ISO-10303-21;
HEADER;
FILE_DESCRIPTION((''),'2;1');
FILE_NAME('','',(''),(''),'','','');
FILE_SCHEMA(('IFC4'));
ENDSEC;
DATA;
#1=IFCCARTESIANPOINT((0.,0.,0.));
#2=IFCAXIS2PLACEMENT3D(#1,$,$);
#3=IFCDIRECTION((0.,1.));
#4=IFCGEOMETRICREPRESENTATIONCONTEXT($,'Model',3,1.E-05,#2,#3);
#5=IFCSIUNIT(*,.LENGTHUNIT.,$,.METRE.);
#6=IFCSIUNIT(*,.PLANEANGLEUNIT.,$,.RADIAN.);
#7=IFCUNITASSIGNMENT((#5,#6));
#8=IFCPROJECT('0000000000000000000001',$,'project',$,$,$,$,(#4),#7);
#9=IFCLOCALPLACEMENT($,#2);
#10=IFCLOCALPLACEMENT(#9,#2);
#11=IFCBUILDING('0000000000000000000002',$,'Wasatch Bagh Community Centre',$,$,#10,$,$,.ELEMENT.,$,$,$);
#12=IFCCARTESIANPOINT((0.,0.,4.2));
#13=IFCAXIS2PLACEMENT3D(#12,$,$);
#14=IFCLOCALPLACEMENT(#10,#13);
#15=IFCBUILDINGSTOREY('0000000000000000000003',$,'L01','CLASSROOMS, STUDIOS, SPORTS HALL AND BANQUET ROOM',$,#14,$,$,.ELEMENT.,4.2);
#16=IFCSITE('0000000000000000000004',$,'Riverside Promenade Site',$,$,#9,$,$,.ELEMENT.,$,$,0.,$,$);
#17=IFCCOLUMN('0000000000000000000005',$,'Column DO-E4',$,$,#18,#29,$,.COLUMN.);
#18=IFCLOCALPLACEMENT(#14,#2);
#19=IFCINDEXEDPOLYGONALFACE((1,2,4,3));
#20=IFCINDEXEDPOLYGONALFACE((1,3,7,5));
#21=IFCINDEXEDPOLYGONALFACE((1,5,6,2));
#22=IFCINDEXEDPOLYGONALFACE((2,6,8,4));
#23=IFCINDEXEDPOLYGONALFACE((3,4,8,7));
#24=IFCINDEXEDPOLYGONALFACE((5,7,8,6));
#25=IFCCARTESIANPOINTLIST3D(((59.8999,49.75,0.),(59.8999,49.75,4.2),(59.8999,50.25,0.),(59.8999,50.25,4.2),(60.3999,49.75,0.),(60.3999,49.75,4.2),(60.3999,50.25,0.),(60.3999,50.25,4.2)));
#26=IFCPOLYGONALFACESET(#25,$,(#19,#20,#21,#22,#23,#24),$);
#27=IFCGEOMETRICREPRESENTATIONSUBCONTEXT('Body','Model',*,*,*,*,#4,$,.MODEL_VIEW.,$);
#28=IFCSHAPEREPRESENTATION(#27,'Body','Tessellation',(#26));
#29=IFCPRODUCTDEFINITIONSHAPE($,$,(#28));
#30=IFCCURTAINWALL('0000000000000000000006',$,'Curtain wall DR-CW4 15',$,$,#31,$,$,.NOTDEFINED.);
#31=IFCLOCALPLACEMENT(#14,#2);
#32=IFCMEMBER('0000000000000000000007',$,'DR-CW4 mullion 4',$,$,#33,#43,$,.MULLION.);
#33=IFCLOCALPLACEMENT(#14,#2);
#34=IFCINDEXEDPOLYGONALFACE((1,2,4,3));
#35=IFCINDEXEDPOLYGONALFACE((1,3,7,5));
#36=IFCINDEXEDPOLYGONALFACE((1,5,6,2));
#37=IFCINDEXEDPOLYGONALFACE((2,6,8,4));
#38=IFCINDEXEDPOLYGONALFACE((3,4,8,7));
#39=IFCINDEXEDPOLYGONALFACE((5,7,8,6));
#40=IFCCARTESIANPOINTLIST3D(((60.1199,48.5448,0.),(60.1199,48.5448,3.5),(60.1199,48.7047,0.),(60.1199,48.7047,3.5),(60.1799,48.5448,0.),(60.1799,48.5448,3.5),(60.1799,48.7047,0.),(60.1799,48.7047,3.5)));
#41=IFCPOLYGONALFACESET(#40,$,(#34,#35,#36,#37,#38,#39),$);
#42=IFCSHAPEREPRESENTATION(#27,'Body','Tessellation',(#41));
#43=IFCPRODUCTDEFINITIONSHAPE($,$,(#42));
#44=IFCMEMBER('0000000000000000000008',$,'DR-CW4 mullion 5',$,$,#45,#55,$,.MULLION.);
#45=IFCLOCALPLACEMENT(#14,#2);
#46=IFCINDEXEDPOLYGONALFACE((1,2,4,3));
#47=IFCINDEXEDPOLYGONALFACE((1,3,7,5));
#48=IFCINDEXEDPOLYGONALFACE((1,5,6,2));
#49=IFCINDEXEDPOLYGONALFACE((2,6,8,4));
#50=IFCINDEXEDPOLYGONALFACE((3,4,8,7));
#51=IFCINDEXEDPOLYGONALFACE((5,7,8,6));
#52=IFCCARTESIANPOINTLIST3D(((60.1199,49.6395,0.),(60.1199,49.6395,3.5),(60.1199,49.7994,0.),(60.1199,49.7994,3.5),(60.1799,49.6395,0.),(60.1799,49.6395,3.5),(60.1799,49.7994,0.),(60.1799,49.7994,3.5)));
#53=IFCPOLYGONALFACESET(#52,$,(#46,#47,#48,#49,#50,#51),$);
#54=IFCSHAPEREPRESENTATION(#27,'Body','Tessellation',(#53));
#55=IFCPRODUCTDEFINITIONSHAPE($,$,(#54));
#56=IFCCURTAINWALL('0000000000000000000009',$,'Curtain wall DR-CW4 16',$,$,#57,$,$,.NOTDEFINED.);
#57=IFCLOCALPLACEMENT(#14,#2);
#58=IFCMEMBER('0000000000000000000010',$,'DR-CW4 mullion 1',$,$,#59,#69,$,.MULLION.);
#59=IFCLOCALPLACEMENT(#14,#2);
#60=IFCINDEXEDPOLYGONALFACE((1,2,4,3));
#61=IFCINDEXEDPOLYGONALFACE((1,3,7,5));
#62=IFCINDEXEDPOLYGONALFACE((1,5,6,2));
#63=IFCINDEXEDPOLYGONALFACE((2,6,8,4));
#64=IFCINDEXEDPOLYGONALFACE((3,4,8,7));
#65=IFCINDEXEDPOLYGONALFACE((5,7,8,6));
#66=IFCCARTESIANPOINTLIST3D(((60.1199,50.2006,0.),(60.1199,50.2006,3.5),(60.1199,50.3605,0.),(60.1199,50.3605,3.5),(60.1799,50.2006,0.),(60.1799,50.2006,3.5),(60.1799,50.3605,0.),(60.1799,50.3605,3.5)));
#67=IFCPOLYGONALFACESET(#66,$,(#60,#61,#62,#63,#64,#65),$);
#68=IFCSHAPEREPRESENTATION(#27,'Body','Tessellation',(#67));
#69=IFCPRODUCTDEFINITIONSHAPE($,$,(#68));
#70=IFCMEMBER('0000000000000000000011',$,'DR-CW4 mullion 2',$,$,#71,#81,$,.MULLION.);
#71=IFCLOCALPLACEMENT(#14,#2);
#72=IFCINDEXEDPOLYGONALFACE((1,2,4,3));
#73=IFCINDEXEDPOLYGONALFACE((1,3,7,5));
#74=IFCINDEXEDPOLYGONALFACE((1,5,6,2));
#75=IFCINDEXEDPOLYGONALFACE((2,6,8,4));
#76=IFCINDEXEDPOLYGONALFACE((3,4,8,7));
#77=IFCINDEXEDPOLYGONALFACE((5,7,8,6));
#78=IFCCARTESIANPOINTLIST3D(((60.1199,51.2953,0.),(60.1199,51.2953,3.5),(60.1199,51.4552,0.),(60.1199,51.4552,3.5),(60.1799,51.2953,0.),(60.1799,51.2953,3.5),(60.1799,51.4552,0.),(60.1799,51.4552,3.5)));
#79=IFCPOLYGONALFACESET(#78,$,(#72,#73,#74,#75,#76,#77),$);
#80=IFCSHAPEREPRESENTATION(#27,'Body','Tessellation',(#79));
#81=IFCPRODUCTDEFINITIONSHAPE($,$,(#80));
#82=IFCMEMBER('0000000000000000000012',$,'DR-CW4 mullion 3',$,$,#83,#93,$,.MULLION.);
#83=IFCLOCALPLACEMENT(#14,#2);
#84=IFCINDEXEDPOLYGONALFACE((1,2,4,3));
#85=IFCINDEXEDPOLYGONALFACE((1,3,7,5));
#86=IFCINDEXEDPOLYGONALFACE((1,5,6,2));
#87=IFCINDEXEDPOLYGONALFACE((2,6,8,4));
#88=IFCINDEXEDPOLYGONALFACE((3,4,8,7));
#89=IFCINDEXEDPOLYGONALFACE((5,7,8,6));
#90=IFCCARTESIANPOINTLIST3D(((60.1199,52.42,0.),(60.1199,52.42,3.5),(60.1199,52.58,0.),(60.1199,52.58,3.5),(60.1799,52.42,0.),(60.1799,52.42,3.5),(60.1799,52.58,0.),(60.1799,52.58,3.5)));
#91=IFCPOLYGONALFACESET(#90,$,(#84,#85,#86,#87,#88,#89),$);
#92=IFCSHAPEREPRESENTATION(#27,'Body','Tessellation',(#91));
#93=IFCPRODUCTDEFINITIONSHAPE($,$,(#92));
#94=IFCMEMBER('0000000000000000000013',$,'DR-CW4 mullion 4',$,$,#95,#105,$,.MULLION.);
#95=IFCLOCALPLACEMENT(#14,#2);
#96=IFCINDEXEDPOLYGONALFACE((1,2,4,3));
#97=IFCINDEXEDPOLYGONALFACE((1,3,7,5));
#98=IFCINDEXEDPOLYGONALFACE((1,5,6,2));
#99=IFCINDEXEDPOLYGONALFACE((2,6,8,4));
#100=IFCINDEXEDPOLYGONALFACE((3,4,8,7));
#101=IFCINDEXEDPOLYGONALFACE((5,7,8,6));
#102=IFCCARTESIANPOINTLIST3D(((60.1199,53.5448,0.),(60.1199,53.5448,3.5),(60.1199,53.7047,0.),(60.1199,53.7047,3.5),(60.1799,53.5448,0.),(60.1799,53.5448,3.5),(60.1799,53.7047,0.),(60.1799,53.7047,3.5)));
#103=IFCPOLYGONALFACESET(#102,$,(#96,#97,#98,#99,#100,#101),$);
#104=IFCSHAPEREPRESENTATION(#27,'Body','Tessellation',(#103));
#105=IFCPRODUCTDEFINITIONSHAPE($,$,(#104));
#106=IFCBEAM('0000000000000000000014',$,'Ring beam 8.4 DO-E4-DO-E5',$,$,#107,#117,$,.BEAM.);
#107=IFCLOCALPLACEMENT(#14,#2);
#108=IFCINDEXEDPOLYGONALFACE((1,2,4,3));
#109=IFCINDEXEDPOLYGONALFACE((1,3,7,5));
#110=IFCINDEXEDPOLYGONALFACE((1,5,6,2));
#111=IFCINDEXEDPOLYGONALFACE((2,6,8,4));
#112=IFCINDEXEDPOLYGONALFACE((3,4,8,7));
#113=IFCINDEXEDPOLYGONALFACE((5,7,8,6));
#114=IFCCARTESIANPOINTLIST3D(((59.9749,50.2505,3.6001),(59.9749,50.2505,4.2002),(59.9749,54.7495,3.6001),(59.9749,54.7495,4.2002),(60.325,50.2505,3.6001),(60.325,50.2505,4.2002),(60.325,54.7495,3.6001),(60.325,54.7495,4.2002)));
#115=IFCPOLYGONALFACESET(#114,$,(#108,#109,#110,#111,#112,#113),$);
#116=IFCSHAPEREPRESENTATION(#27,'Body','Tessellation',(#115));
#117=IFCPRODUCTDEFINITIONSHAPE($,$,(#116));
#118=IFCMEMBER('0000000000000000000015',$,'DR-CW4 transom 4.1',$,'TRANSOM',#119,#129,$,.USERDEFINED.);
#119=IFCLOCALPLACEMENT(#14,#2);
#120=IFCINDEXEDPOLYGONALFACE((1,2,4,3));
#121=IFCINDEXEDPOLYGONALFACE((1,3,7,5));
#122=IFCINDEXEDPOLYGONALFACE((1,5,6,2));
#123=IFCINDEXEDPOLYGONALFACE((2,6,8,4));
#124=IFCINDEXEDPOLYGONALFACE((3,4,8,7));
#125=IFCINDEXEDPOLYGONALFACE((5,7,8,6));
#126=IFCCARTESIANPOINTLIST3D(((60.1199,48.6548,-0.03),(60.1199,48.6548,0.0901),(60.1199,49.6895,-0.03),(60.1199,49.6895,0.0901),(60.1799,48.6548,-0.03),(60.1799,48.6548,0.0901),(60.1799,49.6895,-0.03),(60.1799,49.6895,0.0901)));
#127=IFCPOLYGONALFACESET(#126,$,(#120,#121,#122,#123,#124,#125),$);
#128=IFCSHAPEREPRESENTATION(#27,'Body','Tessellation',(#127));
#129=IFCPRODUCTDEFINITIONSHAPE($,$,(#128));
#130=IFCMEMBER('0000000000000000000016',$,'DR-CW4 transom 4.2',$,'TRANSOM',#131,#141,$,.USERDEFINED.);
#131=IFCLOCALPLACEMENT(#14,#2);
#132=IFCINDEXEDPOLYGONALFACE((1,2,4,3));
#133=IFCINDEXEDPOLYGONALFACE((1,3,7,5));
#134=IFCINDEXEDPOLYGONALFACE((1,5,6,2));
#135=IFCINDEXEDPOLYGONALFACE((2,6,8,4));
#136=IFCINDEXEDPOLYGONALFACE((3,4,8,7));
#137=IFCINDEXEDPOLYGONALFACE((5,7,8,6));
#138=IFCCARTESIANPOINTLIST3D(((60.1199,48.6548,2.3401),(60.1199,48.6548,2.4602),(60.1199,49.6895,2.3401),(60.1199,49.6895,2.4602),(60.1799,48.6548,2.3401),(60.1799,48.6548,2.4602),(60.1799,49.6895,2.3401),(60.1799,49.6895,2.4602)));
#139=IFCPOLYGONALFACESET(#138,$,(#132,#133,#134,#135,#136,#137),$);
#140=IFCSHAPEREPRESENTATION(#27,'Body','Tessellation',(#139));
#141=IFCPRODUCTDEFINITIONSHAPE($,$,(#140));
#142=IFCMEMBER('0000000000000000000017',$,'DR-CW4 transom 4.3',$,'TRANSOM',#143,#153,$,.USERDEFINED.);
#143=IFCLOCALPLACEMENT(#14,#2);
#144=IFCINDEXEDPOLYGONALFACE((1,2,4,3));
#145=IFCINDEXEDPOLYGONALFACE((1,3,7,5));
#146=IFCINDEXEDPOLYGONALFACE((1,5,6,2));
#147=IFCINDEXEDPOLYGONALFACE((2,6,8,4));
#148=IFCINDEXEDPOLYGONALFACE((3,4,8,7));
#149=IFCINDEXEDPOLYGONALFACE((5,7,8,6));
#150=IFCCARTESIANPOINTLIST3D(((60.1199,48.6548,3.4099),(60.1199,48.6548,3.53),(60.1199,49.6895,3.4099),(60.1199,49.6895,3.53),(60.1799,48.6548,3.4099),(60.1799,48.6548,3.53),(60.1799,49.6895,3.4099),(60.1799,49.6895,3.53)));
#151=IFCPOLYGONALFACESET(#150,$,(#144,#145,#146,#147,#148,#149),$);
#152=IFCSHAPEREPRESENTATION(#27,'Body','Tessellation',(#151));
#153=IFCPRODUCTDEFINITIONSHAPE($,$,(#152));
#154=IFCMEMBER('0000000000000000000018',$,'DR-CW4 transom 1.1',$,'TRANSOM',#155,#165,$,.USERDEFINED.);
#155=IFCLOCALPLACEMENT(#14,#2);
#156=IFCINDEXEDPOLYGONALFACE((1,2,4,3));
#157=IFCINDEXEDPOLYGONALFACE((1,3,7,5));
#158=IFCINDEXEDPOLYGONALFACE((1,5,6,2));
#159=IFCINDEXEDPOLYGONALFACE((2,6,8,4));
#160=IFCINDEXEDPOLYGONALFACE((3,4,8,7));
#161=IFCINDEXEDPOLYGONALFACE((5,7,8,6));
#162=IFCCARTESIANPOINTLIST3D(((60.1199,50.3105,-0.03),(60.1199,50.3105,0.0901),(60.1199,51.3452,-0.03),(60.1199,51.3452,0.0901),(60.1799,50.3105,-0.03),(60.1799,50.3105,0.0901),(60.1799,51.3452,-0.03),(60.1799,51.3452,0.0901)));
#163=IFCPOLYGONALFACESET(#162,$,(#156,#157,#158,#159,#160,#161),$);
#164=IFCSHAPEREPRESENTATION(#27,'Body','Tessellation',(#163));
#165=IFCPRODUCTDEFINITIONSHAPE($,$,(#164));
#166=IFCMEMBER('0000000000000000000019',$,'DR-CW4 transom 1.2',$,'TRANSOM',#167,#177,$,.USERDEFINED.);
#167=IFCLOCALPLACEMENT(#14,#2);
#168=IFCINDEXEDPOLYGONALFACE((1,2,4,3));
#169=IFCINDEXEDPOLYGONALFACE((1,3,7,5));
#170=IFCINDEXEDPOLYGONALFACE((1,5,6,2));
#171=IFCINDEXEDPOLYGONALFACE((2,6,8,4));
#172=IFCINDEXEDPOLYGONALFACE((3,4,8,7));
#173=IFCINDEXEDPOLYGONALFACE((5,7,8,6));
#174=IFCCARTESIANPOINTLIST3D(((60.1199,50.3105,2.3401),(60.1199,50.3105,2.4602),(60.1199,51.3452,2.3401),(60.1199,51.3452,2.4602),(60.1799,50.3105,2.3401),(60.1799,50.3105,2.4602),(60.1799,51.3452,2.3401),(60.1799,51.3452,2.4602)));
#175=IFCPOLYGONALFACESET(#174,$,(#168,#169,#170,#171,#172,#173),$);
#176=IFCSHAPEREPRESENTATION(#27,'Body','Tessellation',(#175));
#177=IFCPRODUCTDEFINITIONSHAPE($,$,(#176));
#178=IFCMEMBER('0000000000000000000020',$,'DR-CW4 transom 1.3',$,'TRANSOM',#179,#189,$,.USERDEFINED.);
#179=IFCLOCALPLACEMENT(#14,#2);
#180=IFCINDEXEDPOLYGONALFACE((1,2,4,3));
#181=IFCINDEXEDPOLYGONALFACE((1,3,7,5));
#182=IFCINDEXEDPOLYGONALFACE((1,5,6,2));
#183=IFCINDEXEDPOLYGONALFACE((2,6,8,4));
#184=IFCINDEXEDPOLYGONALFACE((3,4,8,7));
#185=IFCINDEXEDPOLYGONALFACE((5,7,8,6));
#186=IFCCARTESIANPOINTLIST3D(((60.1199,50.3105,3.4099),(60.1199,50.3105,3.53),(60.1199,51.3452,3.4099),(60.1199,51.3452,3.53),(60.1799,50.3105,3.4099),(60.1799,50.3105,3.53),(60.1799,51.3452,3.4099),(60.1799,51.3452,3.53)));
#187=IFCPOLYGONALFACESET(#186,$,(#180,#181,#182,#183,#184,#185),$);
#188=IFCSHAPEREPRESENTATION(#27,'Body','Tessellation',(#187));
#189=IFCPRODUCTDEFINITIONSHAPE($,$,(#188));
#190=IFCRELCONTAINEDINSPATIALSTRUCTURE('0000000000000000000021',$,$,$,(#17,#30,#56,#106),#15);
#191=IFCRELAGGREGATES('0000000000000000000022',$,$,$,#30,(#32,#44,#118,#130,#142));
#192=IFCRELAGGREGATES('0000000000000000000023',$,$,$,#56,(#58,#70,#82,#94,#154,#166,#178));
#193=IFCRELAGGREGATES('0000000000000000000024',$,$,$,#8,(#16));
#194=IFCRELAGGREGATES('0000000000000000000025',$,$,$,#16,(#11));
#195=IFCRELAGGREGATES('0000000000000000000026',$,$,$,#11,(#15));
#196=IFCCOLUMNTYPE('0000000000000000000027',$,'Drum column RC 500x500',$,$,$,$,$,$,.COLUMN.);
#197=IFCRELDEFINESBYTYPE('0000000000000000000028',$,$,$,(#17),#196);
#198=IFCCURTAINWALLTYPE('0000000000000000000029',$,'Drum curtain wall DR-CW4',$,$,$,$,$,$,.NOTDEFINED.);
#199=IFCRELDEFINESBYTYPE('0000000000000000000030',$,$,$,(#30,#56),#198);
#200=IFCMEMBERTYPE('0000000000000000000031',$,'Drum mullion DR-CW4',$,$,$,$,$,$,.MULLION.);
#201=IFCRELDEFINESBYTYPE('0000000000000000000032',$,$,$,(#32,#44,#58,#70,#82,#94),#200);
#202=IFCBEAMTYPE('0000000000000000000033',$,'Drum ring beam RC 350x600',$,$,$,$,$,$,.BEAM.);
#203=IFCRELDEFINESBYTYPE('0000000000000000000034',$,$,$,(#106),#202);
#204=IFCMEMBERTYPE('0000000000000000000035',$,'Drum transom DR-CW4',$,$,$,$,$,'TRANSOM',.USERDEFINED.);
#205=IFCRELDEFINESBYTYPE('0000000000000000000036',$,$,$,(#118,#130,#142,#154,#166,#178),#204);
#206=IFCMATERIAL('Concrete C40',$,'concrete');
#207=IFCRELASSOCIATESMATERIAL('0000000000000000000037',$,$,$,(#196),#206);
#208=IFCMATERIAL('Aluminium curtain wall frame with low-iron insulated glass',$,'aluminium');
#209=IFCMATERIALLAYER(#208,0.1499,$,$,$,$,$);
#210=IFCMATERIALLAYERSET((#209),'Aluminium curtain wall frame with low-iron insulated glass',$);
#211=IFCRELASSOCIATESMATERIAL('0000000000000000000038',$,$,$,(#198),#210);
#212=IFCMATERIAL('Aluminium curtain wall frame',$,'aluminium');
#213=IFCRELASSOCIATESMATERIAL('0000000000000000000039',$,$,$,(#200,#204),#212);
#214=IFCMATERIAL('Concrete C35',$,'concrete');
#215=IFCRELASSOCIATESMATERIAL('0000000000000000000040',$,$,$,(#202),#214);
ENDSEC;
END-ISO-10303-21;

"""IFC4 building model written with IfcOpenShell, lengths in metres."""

from ifc_helpers import new_model, si_unit, direction, frame, origin, origin_2d, place, context, subcontext, project, spatial, rectangle, extrude, material, layer, layer_set, material_profile, profile_set, type_object, element, aggregate, save


model = new_model("IFC4")

# Units and contexts
model_context = context("Model", 3, precision=1e-05, world=origin(), true_north=direction((0.0, 1.0)))
body_context = subcontext(model_context, "Body", "Model", "MODEL_VIEW")
ifc_project = project(units=[si_unit("LENGTHUNIT", "METRE"), si_unit("PLANEANGLEUNIT", "RADIAN")], contexts=[model_context])

# Site, building, storey
site_placement = place(None, origin())
site = spatial("IfcSite", under=ifc_project, at=site_placement, Name="Riverside Promenade Site", CompositionType="ELEMENT", RefElevation=0.0)
building_placement = place(site_placement, origin())
building = spatial("IfcBuilding", under=site, at=building_placement, Name="Wasatch Bagh Community Centre", CompositionType="ELEMENT")
storey_placement = place(building_placement, frame((0.0, 0.0, 4.2)))
storey = spatial("IfcBuildingStorey", under=building, at=storey_placement, Name="L01", Description="CLASSROOMS, STUDIOS, SPORTS HALL AND BANQUET ROOM", CompositionType="ELEMENT", Elevation=4.2)

# Column
ifc_material_1 = material(Name="Concrete C40", Category="concrete")
ifc_material_profile_1 = material_profile(ifc_material_1, rectangle(XDim=0.5, YDim=0.5, at=origin_2d()), Name="RC 500x500")
ifc_profile_set_1 = profile_set([ifc_material_profile_1], Name="Concrete C40")
column_type = type_object("IfcColumnType", Name="Drum column RC 500x500", PredefinedType="COLUMN", material=ifc_profile_set_1)
column_placement = place(storey_placement, frame((60.1499, 50.0, 0.0), z_axis=(0.0, 0.0, 1.0), x_axis=(1.0, 0.0, 0.0)))
element("IfcColumn", 1, at=column_placement, inside=storey, type_object=column_type, Name="Column DO-E4", PredefinedType="COLUMN", context=body_context, shape_type="SweptSolid", body=[
    extrude(rectangle(XDim=0.5, YDim=0.5, at=origin_2d()), origin(), (0.0, 0.0, 1.0), 4.2),
])

# Curtain walls, members
ifc_material_2 = material(Name="Aluminium curtain wall frame with low-iron insulated glass", Category="aluminium")
ifc_layer_1 = layer(ifc_material_2, 0.1499)
ifc_layer_set_1 = layer_set([ifc_layer_1], Name="Aluminium curtain wall frame with low-iron insulated glass")
curtain_wall_type = type_object("IfcCurtainWallType", Name="Drum curtain wall DR-CW4", PredefinedType="NOTDEFINED", material=ifc_layer_set_1)
curtain_wall_1_placement = place(storey_placement, origin())
curtain_wall_1 = element("IfcCurtainWall", 2, at=curtain_wall_1_placement, inside=storey, type_object=curtain_wall_type, Name="Curtain wall DR-CW4 15", PredefinedType="NOTDEFINED")
ifc_material_3 = material(Name="Aluminium curtain wall frame", Category="aluminium")
ifc_material_profile_2 = material_profile(ifc_material_3, rectangle(XDim=0.0601, YDim=0.1599, at=origin_2d()), Name="Drum mullion DR-CW4")
ifc_profile_set_2 = profile_set([ifc_material_profile_2], Name="Aluminium curtain wall frame")
member_type_1 = type_object("IfcMemberType", Name="Drum mullion DR-CW4", PredefinedType="MULLION", material=ifc_profile_set_2)
member_1_placement = place(storey_placement, frame((60.1499, 48.6248, 0.0), z_axis=(0.0, 0.0, 1.0), x_axis=(-1.0, 0.0, 0.0)))
member_1 = element("IfcMember", 3, at=member_1_placement, type_object=member_type_1, Name="DR-CW4 mullion 4", PredefinedType="MULLION", context=body_context, shape_type="SweptSolid", body=[
    extrude(rectangle(XDim=0.0601, YDim=0.1599, at=origin_2d()), origin(), (0.0, 0.0, 1.0), 3.5),
])
member_2_placement = place(storey_placement, frame((60.1499, 49.7195, 0.0), z_axis=(0.0, 0.0, 1.0), x_axis=(-1.0, 0.0, 0.0)))
member_2 = element("IfcMember", 4, at=member_2_placement, type_object=member_type_1, Name="DR-CW4 mullion 5", PredefinedType="MULLION", context=body_context, shape_type="SweptSolid", body=[
    extrude(rectangle(XDim=0.0601, YDim=0.1599, at=origin_2d()), origin(), (0.0, 0.0, 1.0), 3.5),
])
curtain_wall_2_placement = place(storey_placement, origin())
curtain_wall_2 = element("IfcCurtainWall", 5, at=curtain_wall_2_placement, inside=storey, type_object=curtain_wall_type, Name="Curtain wall DR-CW4 16", PredefinedType="NOTDEFINED")
member_3_placement = place(storey_placement, frame((60.1499, 50.2805, 0.0), z_axis=(0.0, 0.0, 1.0), x_axis=(-1.0, 0.0, 0.0)))
member_3 = element("IfcMember", 6, at=member_3_placement, type_object=member_type_1, Name="DR-CW4 mullion 1", PredefinedType="MULLION", context=body_context, shape_type="SweptSolid", body=[
    extrude(rectangle(XDim=0.0601, YDim=0.1599, at=origin_2d()), origin(), (0.0, 0.0, 1.0), 3.5),
])
member_4_placement = place(storey_placement, frame((60.1499, 51.3752, 0.0), z_axis=(0.0, 0.0, 1.0), x_axis=(-1.0, 0.0, 0.0)))
member_4 = element("IfcMember", 7, at=member_4_placement, type_object=member_type_1, Name="DR-CW4 mullion 2", PredefinedType="MULLION", context=body_context, shape_type="SweptSolid", body=[
    extrude(rectangle(XDim=0.0601, YDim=0.1599, at=origin_2d()), origin(), (0.0, 0.0, 1.0), 3.5),
])
member_5_placement = place(storey_placement, frame((60.1499, 52.5, 0.0), z_axis=(0.0, 0.0, 1.0), x_axis=(-1.0, 0.0, 0.0)))
member_5 = element("IfcMember", 8, at=member_5_placement, type_object=member_type_1, Name="DR-CW4 mullion 3", PredefinedType="MULLION", context=body_context, shape_type="SweptSolid", body=[
    extrude(rectangle(XDim=0.0601, YDim=0.1599, at=origin_2d()), origin(), (0.0, 0.0, 1.0), 3.5),
])
member_6_placement = place(storey_placement, frame((60.1499, 53.6248, 0.0), z_axis=(0.0, 0.0, 1.0), x_axis=(-1.0, 0.0, 0.0)))
member_6 = element("IfcMember", 9, at=member_6_placement, type_object=member_type_1, Name="DR-CW4 mullion 4", PredefinedType="MULLION", context=body_context, shape_type="SweptSolid", body=[
    extrude(rectangle(XDim=0.0601, YDim=0.1599, at=origin_2d()), origin(), (0.0, 0.0, 1.0), 3.5),
])

# Beam
ifc_material_4 = material(Name="Concrete C35", Category="concrete")
ifc_material_profile_3 = material_profile(ifc_material_4, rectangle(XDim=0.3501, YDim=0.6001, at=origin_2d()), Name="RC 350x600")
ifc_profile_set_3 = profile_set([ifc_material_profile_3], Name="Concrete C35")
beam_type = type_object("IfcBeamType", Name="Drum ring beam RC 350x600", PredefinedType="BEAM", material=ifc_profile_set_3)
beam_placement = place(storey_placement, frame((60.1499, 50.2505, 3.9001), z_axis=(0.0, 1.0, 0.0), x_axis=(-1.0, 0.0, 0.0)))
element("IfcBeam", 10, at=beam_placement, inside=storey, type_object=beam_type, Name="Ring beam 8.4 DO-E4-DO-E5", PredefinedType="BEAM", context=body_context, shape_type="SweptSolid", body=[
    extrude(rectangle(XDim=0.3501, YDim=0.6001, at=origin_2d()), origin(), (0.0, 0.0, 1.0), 4.499),
])

# Members
ifc_material_profile_4 = material_profile(ifc_material_3, rectangle(XDim=0.0601, YDim=0.1201, at=origin_2d()), Name="Drum transom DR-CW4")
ifc_profile_set_4 = profile_set([ifc_material_profile_4], Name="Aluminium curtain wall frame")
member_type_2 = type_object("IfcMemberType", Name="Drum transom DR-CW4", ElementType="TRANSOM", PredefinedType="USERDEFINED", material=ifc_profile_set_4)
member_7_placement = place(storey_placement, frame((60.1499, 48.6548, 0.03), z_axis=(0.0, 1.0, 0.0), x_axis=(-1.0, 0.0, 0.0)))
member_7 = element("IfcMember", 11, at=member_7_placement, type_object=member_type_2, Name="DR-CW4 transom 4.1", ObjectType="TRANSOM", PredefinedType="USERDEFINED", context=body_context, shape_type="SweptSolid", body=[
    extrude(rectangle(XDim=0.0601, YDim=0.1201, at=origin_2d()), origin(), (0.0, 0.0, 1.0), 1.0347),
])
member_8_placement = place(storey_placement, frame((60.1499, 48.6548, 2.4001), z_axis=(0.0, 1.0, 0.0), x_axis=(-1.0, 0.0, 0.0)))
member_8 = element("IfcMember", 12, at=member_8_placement, type_object=member_type_2, Name="DR-CW4 transom 4.2", ObjectType="TRANSOM", PredefinedType="USERDEFINED", context=body_context, shape_type="SweptSolid", body=[
    extrude(rectangle(XDim=0.0601, YDim=0.1201, at=origin_2d()), origin(), (0.0, 0.0, 1.0), 1.0347),
])
member_9_placement = place(storey_placement, frame((60.1499, 48.6548, 3.47), z_axis=(0.0, 1.0, 0.0), x_axis=(-1.0, 0.0, 0.0)))
member_9 = element("IfcMember", 13, at=member_9_placement, type_object=member_type_2, Name="DR-CW4 transom 4.3", ObjectType="TRANSOM", PredefinedType="USERDEFINED", context=body_context, shape_type="SweptSolid", body=[
    extrude(rectangle(XDim=0.0601, YDim=0.1201, at=origin_2d()), origin(), (0.0, 0.0, 1.0), 1.0347),
])
member_10_placement = place(storey_placement, frame((60.1499, 50.3105, 0.03), z_axis=(0.0, 1.0, 0.0), x_axis=(-1.0, 0.0, 0.0)))
member_10 = element("IfcMember", 14, at=member_10_placement, type_object=member_type_2, Name="DR-CW4 transom 1.1", ObjectType="TRANSOM", PredefinedType="USERDEFINED", context=body_context, shape_type="SweptSolid", body=[
    extrude(rectangle(XDim=0.0601, YDim=0.1201, at=origin_2d()), origin(), (0.0, 0.0, 1.0), 1.0347),
])
member_11_placement = place(storey_placement, frame((60.1499, 50.3105, 2.4001), z_axis=(0.0, 1.0, 0.0), x_axis=(-1.0, 0.0, 0.0)))
member_11 = element("IfcMember", 15, at=member_11_placement, type_object=member_type_2, Name="DR-CW4 transom 1.2", ObjectType="TRANSOM", PredefinedType="USERDEFINED", context=body_context, shape_type="SweptSolid", body=[
    extrude(rectangle(XDim=0.0601, YDim=0.1201, at=origin_2d()), origin(), (0.0, 0.0, 1.0), 1.0347),
])
member_12_placement = place(storey_placement, frame((60.1499, 50.3105, 3.47), z_axis=(0.0, 1.0, 0.0), x_axis=(-1.0, 0.0, 0.0)))
member_12 = element("IfcMember", 16, at=member_12_placement, type_object=member_type_2, Name="DR-CW4 transom 1.3", ObjectType="TRANSOM", PredefinedType="USERDEFINED", context=body_context, shape_type="SweptSolid", body=[
    extrude(rectangle(XDim=0.0601, YDim=0.1201, at=origin_2d()), origin(), (0.0, 0.0, 1.0), 1.0347),
])

aggregate(curtain_wall_1, [member_1, member_2, member_7, member_8, member_9])
aggregate(curtain_wall_2, [member_3, member_4, member_5, member_6, member_10, member_11, member_12])

save(model, "model.ifc")
